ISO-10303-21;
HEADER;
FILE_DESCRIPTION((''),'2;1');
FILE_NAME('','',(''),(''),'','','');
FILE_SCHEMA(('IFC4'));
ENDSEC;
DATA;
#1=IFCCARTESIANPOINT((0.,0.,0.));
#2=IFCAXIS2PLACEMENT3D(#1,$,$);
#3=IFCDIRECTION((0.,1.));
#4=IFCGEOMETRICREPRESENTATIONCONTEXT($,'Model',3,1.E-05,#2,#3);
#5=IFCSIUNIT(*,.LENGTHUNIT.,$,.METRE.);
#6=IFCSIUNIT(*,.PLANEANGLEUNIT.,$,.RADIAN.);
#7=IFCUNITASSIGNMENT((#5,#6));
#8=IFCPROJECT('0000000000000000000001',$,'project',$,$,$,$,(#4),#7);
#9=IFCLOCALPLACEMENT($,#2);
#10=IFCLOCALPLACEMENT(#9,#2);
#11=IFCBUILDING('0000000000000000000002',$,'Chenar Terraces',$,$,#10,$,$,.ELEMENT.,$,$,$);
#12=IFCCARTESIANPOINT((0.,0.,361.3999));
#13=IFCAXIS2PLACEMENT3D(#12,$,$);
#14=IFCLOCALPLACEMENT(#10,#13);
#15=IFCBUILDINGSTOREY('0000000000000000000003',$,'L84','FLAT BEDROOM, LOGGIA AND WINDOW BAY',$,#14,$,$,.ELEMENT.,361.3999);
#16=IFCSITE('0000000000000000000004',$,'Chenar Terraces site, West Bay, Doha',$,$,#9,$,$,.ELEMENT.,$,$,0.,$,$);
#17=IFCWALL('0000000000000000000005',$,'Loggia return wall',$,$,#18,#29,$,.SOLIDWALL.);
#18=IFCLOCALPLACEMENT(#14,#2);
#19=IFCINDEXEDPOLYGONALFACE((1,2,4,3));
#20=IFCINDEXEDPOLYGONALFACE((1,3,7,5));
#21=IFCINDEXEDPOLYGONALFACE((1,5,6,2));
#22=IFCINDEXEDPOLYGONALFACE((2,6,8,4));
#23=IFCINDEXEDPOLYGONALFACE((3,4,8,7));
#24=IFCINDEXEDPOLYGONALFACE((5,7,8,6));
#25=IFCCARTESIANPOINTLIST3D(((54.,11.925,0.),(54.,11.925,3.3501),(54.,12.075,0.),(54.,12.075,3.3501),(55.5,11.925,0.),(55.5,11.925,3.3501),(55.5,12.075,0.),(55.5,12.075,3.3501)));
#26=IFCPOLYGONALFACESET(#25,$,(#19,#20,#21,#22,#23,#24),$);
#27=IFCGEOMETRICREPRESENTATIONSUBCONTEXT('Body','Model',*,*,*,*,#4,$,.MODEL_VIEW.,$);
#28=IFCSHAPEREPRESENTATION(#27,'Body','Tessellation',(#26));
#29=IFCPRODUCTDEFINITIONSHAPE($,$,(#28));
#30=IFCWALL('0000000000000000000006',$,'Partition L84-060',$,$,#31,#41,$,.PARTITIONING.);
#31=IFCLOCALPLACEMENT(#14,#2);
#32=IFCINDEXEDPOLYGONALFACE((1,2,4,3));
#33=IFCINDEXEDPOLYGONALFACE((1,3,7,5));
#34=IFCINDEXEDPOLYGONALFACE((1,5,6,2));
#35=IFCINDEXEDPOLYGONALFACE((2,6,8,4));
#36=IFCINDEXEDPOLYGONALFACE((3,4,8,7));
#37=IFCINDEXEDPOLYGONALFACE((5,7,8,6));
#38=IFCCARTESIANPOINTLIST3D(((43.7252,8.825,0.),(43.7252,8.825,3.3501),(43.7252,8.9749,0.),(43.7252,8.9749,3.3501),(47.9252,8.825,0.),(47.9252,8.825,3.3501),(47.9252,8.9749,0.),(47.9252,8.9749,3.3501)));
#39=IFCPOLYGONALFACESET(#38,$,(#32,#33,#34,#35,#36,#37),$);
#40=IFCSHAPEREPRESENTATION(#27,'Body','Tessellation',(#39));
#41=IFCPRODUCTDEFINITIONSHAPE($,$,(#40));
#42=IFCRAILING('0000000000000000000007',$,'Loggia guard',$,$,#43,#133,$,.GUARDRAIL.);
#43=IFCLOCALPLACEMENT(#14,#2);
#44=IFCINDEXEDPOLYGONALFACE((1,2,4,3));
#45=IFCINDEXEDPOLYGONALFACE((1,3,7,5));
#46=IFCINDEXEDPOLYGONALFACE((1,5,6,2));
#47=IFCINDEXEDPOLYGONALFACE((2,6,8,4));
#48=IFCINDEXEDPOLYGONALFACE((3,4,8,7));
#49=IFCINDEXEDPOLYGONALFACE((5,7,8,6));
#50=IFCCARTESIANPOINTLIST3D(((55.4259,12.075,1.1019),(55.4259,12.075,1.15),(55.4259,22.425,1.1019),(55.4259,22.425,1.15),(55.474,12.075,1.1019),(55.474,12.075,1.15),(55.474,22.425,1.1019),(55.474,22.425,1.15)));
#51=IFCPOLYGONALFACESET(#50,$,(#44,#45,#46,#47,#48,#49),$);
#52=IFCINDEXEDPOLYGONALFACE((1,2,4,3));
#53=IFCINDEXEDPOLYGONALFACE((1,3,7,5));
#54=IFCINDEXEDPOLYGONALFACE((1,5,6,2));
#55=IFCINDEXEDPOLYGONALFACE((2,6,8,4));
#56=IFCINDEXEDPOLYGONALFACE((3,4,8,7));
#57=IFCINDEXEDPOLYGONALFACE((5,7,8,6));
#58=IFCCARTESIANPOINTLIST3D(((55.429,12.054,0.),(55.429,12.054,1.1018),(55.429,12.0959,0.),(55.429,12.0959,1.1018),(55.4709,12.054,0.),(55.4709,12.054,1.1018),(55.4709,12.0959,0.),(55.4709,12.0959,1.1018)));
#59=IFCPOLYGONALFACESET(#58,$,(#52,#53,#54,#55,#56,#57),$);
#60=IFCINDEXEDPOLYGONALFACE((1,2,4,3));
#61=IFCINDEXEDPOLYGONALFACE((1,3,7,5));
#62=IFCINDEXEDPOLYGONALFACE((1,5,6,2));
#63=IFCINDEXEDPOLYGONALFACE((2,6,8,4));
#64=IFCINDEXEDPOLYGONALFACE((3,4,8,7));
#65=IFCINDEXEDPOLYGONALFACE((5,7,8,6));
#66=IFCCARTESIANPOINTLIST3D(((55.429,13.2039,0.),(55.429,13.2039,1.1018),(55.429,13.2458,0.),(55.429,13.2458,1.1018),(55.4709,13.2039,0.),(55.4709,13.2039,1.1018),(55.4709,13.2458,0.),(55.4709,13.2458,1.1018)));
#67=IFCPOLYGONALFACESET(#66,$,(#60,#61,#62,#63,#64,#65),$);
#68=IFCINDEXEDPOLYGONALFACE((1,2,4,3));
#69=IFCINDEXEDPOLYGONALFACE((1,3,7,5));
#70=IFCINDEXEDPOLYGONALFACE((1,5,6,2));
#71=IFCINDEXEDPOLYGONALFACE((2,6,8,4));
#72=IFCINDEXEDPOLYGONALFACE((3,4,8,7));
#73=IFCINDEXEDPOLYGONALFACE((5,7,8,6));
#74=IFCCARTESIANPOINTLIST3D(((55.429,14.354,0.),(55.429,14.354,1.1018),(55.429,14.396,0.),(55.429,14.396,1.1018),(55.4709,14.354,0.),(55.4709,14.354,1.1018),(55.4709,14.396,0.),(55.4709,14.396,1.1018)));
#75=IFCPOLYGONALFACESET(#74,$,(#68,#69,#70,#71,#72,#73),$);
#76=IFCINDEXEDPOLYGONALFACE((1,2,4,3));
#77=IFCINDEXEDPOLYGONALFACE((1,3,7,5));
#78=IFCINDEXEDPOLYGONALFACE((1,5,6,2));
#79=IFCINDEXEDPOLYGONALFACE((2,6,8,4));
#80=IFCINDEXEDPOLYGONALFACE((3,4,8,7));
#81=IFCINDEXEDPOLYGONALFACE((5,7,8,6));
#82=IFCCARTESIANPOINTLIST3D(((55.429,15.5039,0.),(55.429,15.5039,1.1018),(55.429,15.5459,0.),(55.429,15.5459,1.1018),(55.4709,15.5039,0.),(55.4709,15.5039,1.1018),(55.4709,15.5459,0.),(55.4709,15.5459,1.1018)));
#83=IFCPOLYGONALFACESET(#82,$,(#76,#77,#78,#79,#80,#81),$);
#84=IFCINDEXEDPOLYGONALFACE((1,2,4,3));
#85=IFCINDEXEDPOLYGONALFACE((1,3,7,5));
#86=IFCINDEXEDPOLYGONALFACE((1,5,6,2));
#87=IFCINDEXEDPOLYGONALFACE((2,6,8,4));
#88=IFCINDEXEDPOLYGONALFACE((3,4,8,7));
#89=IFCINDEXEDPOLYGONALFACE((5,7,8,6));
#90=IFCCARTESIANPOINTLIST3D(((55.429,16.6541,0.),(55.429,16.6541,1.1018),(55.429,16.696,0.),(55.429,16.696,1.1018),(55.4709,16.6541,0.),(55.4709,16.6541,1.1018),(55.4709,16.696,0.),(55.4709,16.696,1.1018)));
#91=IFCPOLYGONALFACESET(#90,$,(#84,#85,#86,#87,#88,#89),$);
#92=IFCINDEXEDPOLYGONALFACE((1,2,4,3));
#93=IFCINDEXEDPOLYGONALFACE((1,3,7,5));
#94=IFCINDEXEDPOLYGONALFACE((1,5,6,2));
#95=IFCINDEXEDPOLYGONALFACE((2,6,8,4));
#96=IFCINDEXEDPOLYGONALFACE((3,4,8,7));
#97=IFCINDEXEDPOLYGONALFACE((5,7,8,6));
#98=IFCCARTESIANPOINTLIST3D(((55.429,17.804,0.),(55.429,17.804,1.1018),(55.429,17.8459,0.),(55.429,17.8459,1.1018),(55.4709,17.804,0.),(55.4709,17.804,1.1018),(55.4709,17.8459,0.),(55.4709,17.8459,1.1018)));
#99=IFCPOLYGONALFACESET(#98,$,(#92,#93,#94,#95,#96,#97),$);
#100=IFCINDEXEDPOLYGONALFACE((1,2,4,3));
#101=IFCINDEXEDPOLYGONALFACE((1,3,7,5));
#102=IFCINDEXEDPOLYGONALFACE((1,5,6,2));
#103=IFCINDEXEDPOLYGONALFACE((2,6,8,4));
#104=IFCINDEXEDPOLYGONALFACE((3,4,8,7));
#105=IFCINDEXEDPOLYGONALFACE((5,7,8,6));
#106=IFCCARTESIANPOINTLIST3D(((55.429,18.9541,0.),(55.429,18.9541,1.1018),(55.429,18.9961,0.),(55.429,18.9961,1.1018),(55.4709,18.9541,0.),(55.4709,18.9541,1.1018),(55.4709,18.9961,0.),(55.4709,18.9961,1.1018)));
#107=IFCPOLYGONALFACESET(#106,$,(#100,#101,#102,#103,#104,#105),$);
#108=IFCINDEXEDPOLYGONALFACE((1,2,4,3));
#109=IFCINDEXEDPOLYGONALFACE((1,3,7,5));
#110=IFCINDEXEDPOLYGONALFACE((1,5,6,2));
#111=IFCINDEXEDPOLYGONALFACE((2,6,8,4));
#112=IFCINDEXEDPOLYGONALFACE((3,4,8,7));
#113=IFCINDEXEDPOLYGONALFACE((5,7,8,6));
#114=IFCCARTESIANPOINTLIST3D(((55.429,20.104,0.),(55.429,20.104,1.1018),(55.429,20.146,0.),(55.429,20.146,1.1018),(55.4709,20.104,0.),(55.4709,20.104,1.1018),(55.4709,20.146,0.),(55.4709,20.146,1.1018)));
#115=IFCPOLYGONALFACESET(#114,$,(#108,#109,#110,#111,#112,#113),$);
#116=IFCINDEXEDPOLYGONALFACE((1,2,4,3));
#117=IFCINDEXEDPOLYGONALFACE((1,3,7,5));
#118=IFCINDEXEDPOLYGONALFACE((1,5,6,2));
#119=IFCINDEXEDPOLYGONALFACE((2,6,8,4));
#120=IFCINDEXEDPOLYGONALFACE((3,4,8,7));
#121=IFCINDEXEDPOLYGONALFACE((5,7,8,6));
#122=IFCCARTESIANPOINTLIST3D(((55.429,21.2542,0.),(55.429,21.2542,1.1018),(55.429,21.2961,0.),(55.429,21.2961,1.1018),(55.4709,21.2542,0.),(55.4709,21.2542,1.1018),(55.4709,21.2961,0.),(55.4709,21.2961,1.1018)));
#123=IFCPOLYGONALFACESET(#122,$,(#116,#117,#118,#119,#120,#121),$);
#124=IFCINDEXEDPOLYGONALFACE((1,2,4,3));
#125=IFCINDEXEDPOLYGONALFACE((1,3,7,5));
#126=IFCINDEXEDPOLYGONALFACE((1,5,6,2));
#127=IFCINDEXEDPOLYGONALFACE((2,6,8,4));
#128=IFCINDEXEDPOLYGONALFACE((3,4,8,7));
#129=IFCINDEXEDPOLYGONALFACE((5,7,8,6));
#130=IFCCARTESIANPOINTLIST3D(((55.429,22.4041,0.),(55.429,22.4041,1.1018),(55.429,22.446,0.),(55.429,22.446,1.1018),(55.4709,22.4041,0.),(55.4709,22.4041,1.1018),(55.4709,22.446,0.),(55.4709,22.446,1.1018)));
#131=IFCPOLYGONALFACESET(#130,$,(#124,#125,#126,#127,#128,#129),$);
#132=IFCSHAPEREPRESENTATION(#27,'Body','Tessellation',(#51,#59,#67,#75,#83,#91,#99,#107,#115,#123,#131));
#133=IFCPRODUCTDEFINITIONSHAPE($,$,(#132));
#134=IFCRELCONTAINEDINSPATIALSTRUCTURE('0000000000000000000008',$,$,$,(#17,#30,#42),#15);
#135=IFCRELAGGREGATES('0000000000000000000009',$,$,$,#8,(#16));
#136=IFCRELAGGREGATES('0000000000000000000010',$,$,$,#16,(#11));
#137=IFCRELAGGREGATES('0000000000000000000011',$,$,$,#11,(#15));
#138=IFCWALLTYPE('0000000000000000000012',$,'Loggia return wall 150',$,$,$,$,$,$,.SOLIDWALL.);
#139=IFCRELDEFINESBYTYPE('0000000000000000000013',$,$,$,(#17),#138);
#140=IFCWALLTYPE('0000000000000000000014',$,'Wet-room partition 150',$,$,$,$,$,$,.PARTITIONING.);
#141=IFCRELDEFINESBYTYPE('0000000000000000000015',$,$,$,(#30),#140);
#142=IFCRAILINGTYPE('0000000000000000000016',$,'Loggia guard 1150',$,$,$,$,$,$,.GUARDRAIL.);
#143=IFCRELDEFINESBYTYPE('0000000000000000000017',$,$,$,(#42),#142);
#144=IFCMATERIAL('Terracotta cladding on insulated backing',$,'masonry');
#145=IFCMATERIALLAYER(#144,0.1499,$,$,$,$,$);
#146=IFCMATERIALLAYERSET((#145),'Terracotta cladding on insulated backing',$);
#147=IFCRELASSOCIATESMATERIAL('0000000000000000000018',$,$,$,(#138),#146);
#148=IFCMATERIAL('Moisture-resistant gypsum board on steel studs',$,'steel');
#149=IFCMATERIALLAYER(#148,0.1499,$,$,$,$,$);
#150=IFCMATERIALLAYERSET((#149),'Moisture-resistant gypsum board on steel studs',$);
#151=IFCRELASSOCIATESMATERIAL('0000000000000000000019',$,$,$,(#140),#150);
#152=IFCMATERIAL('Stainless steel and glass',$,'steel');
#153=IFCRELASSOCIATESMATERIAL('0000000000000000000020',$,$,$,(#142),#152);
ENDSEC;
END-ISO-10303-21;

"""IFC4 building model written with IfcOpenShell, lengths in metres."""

from ifc_helpers import new_model, si_unit, direction, frame, frame_2d, origin, origin_2d, place, context, subcontext, project, spatial, rectangle, extrude, material, layer, layer_set, type_object, element, save


model = new_model("IFC4")

# Units and contexts
model_context = context("Model", 3, precision=1e-05, world=origin(), true_north=direction((0.0, 1.0)))
body_context = subcontext(model_context, "Body", "Model", "MODEL_VIEW")
ifc_project = project(units=[si_unit("LENGTHUNIT", "METRE"), si_unit("PLANEANGLEUNIT", "RADIAN")], contexts=[model_context])

# Site, building, storey
site_placement = place(None, origin())
site = spatial("IfcSite", under=ifc_project, at=site_placement, Name="Chenar Terraces site, West Bay, Doha", CompositionType="ELEMENT", RefElevation=0.0)
building_placement = place(site_placement, origin())
building = spatial("IfcBuilding", under=site, at=building_placement, Name="Chenar Terraces", CompositionType="ELEMENT")
storey_placement = place(building_placement, frame((0.0, 0.0, 361.3999)))
storey = spatial("IfcBuildingStorey", under=building, at=storey_placement, Name="L84", Description="FLAT BEDROOM, LOGGIA AND WINDOW BAY", CompositionType="ELEMENT", Elevation=361.3999)

# Walls
ifc_material_1 = material(Name="Terracotta cladding on insulated backing", Category="masonry")
ifc_layer_1 = layer(ifc_material_1, 0.1499)
ifc_layer_set_1 = layer_set([ifc_layer_1], Name="Terracotta cladding on insulated backing")
wall_type_1 = type_object("IfcWallType", Name="Loggia return wall 150", PredefinedType="SOLIDWALL", material=ifc_layer_set_1)
wall_1_placement = place(storey_placement, frame((55.5, 12.0, 0.0), z_axis=(0.0, 0.0, 1.0), x_axis=(-1.0, 0.0, 0.0)))
element("IfcWall", 1, at=wall_1_placement, inside=storey, type_object=wall_type_1, Name="Loggia return wall", PredefinedType="SOLIDWALL", context=body_context, shape_type="SweptSolid", body=[
    extrude(rectangle(XDim=1.5, YDim=0.1499, at=frame_2d((0.75, 0.0))), origin(), (0.0, 0.0, 1.0), 3.3501),
])
ifc_material_2 = material(Name="Moisture-resistant gypsum board on steel studs", Category="steel")
ifc_layer_2 = layer(ifc_material_2, 0.1499)
ifc_layer_set_2 = layer_set([ifc_layer_2], Name="Moisture-resistant gypsum board on steel studs")
wall_type_2 = type_object("IfcWallType", Name="Wet-room partition 150", PredefinedType="PARTITIONING", material=ifc_layer_set_2)
wall_2_placement = place(storey_placement, frame((43.7251, 8.8999, 0.0), z_axis=(0.0, 0.0, 1.0), x_axis=(1.0, 0.0, 0.0)))
element("IfcWall", 2, at=wall_2_placement, inside=storey, type_object=wall_type_2, Name="Partition L84-060", PredefinedType="PARTITIONING", context=body_context, shape_type="SweptSolid", body=[
    extrude(rectangle(XDim=4.2, YDim=0.1499, at=frame_2d((2.1001, 0.0))), origin(), (0.0, 0.0, 1.0), 3.3501),
])

# Railing
ifc_material_3 = material(Name="Stainless steel and glass", Category="steel")
railing_type_1 = type_object("IfcRailingType", Name="Loggia guard 1150", PredefinedType="GUARDRAIL", material=ifc_material_3)
railing_1_placement = place(storey_placement, frame((55.45, 12.075, 0.0)))
element("IfcRailing", 3, at=railing_1_placement, inside=storey, type_object=railing_type_1, Name="Loggia guard", PredefinedType="GUARDRAIL", context=body_context, shape_type="SweptSolid", body=[
    extrude(rectangle(XDim=0.0481, YDim=0.0481, at=origin_2d()), frame((0.0, 0.0, 1.126), z_axis=(0.0, 1.0, 0.0), x_axis=(-1.0, 0.0, 0.0)), (0.0, 0.0, 1.0), 10.3501),
    extrude(rectangle(XDim=0.042, YDim=0.042, at=origin_2d()), origin(), (0.0, 0.0, 1.0), 1.1018),
    extrude(rectangle(XDim=0.042, YDim=0.042, at=origin_2d()), frame((0.0, 1.1499, 0.0)), (0.0, 0.0, 1.0), 1.1018),
    extrude(rectangle(XDim=0.042, YDim=0.042, at=origin_2d()), frame((0.0, 2.3, 0.0)), (0.0, 0.0, 1.0), 1.1018),
    extrude(rectangle(XDim=0.042, YDim=0.042, at=origin_2d()), frame((0.0, 3.45, 0.0)), (0.0, 0.0, 1.0), 1.1018),
    extrude(rectangle(XDim=0.042, YDim=0.042, at=origin_2d()), frame((0.0, 4.6001, 0.0)), (0.0, 0.0, 1.0), 1.1018),
    extrude(rectangle(XDim=0.042, YDim=0.042, at=origin_2d()), frame((0.0, 5.75, 0.0)), (0.0, 0.0, 1.0), 1.1018),
    extrude(rectangle(XDim=0.042, YDim=0.042, at=origin_2d()), frame((0.0, 6.9001, 0.0)), (0.0, 0.0, 1.0), 1.1018),
    extrude(rectangle(XDim=0.042, YDim=0.042, at=origin_2d()), frame((0.0, 8.05, 0.0)), (0.0, 0.0, 1.0), 1.1018),
    extrude(rectangle(XDim=0.042, YDim=0.042, at=origin_2d()), frame((0.0, 9.2002, 0.0)), (0.0, 0.0, 1.0), 1.1018),
    extrude(rectangle(XDim=0.042, YDim=0.042, at=origin_2d()), frame((0.0, 10.3501, 0.0)), (0.0, 0.0, 1.0), 1.1018),
])

save(model, "model.ifc")
